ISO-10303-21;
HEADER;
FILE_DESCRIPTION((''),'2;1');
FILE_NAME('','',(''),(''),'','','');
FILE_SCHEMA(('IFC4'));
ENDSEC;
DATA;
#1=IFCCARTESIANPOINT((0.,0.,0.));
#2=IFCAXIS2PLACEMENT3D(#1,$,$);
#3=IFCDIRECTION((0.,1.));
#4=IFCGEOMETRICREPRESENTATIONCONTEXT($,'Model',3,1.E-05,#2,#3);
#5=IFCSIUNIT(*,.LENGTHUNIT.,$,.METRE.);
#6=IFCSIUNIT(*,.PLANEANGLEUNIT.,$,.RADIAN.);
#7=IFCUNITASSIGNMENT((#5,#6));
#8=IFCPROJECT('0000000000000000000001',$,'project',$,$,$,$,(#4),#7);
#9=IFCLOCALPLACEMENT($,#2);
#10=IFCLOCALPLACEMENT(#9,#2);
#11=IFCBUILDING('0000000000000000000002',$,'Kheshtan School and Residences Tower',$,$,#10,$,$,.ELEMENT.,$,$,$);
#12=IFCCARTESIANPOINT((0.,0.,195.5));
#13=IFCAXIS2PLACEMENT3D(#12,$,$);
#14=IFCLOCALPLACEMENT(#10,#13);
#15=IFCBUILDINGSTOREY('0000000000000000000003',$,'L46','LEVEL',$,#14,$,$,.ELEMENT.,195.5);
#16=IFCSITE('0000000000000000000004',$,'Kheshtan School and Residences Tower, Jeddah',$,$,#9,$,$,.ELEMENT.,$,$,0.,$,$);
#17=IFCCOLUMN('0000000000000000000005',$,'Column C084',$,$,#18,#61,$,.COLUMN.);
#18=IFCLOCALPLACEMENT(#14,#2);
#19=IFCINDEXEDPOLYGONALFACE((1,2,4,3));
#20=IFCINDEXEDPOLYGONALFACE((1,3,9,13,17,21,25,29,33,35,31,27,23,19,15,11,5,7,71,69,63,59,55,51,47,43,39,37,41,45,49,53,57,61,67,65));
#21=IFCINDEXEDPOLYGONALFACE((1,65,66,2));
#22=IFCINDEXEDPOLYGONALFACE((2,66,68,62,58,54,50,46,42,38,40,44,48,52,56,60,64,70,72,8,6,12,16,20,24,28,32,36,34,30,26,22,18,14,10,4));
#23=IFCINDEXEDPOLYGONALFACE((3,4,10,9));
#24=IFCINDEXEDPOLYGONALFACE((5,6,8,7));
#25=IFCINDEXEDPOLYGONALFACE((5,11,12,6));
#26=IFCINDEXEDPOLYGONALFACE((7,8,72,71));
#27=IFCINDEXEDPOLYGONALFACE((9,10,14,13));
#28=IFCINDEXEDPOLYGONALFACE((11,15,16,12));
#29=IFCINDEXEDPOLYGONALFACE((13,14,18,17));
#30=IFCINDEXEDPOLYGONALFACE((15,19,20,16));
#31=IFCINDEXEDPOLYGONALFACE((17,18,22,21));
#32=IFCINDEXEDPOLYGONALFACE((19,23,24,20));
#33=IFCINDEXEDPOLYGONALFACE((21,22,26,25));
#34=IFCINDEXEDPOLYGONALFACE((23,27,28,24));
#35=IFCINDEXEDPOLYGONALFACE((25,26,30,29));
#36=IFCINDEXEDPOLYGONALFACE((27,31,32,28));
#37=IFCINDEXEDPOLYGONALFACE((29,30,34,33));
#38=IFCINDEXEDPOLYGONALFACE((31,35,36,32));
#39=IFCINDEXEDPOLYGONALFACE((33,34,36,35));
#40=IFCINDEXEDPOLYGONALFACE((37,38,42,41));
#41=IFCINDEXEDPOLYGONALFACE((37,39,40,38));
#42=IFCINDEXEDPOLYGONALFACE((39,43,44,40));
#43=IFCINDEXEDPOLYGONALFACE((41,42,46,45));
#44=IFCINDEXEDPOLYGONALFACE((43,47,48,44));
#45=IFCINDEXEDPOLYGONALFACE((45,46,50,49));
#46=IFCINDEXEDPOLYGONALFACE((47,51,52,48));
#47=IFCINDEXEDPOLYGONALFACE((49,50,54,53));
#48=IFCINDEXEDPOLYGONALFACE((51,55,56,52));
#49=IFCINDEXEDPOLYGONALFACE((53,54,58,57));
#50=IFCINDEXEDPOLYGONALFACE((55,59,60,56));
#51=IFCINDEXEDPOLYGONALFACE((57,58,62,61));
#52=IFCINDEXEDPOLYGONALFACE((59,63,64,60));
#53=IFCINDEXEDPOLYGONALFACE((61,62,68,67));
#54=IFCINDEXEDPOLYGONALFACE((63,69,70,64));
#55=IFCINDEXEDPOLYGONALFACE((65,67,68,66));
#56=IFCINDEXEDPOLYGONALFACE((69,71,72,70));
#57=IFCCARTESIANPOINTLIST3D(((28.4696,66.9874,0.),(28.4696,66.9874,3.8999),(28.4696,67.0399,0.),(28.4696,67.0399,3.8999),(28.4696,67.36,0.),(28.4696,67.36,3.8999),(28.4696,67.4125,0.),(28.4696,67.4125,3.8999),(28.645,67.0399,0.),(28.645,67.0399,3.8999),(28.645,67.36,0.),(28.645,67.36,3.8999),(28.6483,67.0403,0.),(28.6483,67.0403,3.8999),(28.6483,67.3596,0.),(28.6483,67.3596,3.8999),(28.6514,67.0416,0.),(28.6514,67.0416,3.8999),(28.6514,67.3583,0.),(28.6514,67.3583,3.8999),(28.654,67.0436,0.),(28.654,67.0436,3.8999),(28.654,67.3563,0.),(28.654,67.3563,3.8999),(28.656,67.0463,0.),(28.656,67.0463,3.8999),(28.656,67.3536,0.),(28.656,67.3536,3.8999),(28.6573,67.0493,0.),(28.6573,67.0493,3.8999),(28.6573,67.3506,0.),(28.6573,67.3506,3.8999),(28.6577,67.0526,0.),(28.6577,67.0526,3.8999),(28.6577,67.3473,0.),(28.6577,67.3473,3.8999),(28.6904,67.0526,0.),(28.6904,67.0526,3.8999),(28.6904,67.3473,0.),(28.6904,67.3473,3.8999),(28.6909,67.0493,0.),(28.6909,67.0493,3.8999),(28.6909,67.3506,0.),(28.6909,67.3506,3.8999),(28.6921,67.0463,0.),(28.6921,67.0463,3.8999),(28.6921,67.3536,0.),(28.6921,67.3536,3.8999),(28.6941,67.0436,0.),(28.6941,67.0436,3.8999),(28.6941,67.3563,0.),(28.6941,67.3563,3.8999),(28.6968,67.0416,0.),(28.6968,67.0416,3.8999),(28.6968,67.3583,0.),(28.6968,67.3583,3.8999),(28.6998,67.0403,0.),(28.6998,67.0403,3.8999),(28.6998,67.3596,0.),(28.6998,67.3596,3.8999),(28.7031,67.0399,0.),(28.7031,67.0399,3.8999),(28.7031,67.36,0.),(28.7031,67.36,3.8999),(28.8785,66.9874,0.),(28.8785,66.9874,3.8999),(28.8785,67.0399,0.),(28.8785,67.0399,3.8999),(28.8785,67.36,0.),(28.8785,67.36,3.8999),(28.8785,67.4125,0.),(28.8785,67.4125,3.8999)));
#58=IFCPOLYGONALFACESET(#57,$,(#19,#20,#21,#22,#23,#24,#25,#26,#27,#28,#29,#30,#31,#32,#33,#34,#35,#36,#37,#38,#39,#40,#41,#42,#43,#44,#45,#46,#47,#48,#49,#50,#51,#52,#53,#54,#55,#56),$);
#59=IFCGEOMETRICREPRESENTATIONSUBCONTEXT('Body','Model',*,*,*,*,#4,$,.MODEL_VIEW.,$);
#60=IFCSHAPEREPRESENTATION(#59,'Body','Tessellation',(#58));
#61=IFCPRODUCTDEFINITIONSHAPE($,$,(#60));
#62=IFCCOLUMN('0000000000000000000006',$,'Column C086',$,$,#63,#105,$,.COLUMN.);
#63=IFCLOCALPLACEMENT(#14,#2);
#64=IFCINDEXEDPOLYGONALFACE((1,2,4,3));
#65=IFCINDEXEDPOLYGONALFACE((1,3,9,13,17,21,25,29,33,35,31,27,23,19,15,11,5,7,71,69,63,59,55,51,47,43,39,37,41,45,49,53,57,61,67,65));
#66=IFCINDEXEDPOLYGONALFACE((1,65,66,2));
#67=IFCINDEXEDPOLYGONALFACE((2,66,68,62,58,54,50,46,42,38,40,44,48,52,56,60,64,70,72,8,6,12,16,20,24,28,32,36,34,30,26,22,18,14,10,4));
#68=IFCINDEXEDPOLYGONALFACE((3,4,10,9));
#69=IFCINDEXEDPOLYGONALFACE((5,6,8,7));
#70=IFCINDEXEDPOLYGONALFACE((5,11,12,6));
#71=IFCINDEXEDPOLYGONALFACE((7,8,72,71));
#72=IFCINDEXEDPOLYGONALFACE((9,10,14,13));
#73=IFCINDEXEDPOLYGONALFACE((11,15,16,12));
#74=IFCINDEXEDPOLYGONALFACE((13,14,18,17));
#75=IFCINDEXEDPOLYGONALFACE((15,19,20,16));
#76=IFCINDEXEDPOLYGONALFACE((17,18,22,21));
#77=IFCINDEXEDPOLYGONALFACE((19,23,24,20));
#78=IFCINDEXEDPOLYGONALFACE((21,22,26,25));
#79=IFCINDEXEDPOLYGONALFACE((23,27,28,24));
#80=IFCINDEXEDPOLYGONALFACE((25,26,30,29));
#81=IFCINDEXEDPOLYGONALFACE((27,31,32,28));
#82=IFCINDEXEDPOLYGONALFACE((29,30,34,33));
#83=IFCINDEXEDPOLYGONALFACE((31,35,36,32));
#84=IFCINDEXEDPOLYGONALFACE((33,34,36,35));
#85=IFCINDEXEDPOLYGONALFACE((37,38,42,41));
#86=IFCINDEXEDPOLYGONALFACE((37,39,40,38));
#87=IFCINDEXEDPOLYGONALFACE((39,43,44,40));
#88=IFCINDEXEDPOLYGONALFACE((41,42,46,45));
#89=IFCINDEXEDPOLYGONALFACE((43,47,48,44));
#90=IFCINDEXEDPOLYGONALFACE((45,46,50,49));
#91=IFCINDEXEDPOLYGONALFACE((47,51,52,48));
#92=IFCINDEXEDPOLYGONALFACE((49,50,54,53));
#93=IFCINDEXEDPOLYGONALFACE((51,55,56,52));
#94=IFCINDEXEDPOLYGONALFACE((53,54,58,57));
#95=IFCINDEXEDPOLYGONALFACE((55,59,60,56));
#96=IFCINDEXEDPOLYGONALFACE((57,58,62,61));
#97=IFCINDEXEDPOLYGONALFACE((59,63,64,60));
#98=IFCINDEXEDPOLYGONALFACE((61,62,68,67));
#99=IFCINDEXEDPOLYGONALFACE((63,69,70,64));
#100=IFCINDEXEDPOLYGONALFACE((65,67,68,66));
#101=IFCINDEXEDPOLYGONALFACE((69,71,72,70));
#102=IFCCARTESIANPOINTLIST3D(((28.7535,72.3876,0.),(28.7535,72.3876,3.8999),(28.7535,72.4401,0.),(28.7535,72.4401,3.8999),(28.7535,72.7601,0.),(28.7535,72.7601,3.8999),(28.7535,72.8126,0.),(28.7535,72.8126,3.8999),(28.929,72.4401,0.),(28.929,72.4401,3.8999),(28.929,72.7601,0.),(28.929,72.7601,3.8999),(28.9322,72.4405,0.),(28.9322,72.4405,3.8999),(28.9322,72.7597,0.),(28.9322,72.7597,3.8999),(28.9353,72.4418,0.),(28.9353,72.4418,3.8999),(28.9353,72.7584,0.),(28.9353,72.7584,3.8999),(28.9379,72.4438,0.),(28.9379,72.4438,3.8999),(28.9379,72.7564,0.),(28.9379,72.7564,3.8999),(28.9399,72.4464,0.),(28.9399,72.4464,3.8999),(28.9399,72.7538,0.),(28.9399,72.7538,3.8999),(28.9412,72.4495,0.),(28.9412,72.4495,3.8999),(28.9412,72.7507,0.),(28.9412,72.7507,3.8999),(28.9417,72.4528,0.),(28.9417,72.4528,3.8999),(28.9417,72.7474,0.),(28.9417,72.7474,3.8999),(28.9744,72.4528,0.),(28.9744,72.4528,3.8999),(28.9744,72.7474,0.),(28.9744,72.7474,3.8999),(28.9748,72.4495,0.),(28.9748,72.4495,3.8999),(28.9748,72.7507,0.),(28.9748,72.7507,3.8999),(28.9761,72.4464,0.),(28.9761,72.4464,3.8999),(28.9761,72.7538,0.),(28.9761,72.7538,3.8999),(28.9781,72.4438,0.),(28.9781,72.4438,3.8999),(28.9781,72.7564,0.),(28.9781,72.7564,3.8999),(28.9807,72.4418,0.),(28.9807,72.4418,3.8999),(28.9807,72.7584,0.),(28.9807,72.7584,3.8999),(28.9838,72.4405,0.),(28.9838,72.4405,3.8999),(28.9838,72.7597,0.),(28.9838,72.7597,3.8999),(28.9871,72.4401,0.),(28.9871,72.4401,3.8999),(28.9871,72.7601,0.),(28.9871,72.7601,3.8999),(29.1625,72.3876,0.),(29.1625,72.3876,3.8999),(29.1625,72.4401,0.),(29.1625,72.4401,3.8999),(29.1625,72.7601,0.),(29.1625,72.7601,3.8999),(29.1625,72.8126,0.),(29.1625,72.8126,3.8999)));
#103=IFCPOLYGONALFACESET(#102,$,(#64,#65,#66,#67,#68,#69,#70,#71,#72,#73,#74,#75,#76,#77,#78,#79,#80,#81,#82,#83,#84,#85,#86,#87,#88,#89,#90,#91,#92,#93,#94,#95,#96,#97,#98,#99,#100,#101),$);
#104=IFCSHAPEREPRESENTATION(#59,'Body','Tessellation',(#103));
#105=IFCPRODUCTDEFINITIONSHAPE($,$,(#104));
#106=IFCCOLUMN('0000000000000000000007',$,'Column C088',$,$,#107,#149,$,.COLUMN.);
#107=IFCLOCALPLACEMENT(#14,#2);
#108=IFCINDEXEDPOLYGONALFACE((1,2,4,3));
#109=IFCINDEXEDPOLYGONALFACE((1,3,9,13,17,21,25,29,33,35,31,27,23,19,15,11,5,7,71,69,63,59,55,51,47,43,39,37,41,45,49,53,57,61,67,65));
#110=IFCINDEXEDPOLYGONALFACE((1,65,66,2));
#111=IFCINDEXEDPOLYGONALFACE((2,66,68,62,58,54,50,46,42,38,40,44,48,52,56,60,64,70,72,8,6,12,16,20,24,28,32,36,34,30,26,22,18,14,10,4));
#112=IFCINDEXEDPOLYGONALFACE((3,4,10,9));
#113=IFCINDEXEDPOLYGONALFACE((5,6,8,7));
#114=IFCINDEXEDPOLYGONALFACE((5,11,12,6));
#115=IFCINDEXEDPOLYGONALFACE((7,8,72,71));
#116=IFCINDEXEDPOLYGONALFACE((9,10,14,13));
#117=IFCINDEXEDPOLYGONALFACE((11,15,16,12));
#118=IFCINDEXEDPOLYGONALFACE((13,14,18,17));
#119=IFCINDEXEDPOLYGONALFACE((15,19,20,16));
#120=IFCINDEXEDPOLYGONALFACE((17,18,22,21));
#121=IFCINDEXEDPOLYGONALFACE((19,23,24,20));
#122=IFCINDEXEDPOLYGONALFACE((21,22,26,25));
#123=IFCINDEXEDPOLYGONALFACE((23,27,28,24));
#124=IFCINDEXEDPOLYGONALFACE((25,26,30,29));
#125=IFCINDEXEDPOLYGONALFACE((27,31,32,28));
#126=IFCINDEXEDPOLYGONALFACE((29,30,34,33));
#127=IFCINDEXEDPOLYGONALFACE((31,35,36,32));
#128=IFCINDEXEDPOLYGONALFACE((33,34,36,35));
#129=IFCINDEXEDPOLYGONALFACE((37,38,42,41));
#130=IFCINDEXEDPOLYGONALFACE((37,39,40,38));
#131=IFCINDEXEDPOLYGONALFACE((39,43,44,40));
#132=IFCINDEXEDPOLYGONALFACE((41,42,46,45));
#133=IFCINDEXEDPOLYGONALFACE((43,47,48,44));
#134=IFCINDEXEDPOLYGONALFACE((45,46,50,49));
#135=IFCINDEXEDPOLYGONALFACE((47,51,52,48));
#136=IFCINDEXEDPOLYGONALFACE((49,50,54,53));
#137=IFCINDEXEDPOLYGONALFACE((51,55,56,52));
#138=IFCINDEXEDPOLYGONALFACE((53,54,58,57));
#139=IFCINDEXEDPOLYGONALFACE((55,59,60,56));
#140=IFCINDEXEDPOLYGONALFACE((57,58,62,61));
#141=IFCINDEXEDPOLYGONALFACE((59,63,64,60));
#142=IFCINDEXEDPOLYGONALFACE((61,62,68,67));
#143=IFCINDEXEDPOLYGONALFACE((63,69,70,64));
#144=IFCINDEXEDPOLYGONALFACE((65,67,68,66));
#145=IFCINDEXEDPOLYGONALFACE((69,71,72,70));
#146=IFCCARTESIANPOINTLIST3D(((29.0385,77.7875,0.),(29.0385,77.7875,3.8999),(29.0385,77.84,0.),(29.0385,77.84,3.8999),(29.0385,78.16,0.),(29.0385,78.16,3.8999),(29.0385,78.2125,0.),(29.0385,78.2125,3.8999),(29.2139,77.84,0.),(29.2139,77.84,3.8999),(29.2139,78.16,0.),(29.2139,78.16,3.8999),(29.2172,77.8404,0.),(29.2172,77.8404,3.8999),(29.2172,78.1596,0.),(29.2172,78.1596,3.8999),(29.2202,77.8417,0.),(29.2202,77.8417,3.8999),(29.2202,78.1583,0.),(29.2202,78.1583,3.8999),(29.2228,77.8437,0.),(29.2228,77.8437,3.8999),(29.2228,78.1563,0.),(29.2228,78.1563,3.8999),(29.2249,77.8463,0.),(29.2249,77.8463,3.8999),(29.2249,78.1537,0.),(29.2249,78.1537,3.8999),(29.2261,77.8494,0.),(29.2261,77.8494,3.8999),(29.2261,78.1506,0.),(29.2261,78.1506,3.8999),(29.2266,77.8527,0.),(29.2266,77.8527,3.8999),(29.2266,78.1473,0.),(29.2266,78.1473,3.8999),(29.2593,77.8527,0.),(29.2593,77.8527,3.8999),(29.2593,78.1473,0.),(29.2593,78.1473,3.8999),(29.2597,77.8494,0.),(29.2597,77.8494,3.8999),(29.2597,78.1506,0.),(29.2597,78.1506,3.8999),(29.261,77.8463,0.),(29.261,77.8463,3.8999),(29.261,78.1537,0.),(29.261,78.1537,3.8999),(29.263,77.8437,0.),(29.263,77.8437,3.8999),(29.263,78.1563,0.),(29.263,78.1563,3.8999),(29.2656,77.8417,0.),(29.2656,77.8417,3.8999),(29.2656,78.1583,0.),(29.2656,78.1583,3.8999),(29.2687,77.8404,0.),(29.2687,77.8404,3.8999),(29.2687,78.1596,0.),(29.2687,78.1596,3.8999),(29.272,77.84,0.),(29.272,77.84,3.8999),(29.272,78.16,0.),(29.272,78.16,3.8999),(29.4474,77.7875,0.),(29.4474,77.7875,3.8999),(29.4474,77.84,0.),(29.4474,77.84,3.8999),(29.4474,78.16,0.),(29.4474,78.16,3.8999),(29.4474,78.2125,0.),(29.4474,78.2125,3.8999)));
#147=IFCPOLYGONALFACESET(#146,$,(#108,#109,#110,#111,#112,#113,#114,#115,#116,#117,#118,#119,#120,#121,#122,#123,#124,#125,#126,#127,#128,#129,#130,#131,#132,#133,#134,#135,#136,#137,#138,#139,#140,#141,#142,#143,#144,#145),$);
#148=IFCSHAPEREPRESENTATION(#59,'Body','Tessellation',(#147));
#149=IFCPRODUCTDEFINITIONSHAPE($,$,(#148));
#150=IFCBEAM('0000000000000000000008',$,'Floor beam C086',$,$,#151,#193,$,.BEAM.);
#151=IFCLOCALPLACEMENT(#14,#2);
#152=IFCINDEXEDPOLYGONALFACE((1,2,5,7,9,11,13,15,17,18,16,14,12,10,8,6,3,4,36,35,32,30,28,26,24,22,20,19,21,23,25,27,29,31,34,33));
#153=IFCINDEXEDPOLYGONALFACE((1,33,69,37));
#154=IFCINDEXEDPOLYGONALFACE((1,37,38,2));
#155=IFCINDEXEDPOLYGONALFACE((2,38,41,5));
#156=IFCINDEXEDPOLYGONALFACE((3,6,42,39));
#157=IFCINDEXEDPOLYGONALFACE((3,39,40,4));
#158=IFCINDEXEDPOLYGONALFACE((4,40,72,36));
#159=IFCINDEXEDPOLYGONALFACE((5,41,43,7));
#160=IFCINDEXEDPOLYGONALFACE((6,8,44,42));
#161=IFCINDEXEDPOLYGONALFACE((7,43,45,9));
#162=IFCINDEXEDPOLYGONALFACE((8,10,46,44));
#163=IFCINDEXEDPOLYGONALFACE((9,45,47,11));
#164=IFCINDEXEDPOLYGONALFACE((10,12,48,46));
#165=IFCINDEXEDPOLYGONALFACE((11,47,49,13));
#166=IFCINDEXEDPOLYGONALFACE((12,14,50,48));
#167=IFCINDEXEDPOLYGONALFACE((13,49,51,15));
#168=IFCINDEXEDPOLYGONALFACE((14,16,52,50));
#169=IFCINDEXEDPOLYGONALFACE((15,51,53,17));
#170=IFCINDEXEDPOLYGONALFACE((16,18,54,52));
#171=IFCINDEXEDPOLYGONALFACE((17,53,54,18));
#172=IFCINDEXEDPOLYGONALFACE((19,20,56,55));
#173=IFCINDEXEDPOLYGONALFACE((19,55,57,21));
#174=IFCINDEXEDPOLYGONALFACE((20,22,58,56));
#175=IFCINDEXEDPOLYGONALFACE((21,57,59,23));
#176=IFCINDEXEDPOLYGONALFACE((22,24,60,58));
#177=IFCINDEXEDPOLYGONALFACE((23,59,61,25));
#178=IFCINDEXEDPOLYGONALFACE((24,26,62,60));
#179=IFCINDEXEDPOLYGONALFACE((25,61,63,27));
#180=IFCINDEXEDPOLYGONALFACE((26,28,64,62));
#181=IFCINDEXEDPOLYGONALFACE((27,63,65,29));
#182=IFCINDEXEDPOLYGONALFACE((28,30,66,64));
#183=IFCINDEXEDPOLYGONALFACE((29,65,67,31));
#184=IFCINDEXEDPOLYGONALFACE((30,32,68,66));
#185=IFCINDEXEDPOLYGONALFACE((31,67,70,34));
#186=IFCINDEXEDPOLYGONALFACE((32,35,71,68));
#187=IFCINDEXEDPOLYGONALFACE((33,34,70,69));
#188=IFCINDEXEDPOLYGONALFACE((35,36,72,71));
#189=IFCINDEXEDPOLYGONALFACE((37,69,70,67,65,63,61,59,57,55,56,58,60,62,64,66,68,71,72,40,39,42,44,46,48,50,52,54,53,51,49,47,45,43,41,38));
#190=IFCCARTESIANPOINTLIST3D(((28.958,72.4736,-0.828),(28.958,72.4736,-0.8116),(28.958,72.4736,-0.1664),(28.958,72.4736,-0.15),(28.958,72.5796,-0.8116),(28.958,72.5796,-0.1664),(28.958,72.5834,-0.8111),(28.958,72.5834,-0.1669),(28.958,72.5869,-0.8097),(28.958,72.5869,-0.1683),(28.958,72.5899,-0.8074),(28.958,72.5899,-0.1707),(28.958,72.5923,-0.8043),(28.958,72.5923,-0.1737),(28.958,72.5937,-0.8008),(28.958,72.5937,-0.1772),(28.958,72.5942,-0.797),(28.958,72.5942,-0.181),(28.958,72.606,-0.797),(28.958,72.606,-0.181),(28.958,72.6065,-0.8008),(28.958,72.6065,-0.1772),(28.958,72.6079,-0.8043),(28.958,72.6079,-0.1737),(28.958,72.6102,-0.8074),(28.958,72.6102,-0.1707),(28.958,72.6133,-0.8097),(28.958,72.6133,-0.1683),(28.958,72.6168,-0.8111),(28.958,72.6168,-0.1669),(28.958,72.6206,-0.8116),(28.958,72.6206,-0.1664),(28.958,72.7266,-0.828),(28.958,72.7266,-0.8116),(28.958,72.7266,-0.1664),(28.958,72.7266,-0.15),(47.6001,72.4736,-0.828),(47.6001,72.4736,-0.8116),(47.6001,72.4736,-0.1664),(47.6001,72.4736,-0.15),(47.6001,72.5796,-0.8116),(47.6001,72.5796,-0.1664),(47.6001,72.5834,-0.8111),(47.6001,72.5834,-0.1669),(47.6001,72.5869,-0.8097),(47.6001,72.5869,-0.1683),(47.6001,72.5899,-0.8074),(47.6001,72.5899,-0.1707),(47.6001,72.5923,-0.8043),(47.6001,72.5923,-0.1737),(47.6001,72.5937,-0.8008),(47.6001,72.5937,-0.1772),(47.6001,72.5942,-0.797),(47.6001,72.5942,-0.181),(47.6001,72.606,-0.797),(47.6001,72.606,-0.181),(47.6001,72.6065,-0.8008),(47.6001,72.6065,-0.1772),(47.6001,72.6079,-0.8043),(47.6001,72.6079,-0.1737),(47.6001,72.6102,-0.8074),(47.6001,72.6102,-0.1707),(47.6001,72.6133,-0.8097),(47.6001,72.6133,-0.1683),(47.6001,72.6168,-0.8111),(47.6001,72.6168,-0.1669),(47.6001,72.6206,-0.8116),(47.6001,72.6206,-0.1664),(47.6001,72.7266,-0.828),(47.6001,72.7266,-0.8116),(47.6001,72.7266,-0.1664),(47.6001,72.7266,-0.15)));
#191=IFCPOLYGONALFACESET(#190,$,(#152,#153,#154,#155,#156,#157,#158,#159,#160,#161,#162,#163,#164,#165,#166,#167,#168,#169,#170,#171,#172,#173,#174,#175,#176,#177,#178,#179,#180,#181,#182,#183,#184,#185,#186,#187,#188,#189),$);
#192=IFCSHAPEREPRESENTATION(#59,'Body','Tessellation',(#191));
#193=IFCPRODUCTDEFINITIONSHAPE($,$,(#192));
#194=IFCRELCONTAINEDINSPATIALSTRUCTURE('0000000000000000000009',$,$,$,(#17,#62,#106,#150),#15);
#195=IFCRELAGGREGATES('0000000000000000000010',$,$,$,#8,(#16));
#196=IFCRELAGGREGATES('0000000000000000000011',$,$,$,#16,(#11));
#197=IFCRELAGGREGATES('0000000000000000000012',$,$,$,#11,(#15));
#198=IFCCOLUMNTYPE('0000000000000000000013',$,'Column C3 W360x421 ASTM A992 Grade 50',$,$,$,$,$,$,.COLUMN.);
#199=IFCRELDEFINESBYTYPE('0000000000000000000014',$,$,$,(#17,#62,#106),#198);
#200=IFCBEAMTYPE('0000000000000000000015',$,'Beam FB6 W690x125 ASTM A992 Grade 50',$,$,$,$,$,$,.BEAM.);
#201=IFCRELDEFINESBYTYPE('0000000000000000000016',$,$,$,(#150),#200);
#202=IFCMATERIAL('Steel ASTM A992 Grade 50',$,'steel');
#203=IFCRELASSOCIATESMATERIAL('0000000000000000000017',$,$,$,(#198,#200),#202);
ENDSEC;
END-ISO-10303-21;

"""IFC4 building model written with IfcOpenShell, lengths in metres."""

from ifc_helpers import new_model, si_unit, direction, frame, origin, origin_2d, place, context, subcontext, project, spatial, i_section, extrude, material, material_profile, profile_set, type_object, element, save


model = new_model("IFC4")

# Units and contexts
model_context = context("Model", 3, precision=1e-05, world=origin(), true_north=direction((0.0, 1.0)))
body_context = subcontext(model_context, "Body", "Model", "MODEL_VIEW")
ifc_project = project(units=[si_unit("LENGTHUNIT", "METRE"), si_unit("PLANEANGLEUNIT", "RADIAN")], contexts=[model_context])

# Site, building, storey
site_placement = place(None, origin())
site = spatial("IfcSite", under=ifc_project, at=site_placement, Name="Kheshtan School and Residences Tower, Jeddah", CompositionType="ELEMENT", RefElevation=0.0)
building_placement = place(site_placement, origin())
building = spatial("IfcBuilding", under=site, at=building_placement, Name="Kheshtan School and Residences Tower", CompositionType="ELEMENT")
storey_placement = place(building_placement, frame((0.0, 0.0, 195.5)))
storey = spatial("IfcBuildingStorey", under=building, at=storey_placement, Name="L46", Description="LEVEL", CompositionType="ELEMENT", Elevation=195.5)

# Columns
ifc_material_1 = material(Name="Steel ASTM A992 Grade 50", Category="steel")
ifc_material_profile_1 = material_profile(ifc_material_1, i_section(OverallWidth=0.4089, OverallDepth=0.425, WebThickness=0.0327, FlangeThickness=0.0525, FilletRadius=0.0127, at=origin_2d()), Name="W360x421")
ifc_profile_set_1 = profile_set([ifc_material_profile_1], Name="Steel ASTM A992 Grade 50")
column_type = type_object("IfcColumnType", Name="Column C3 W360x421 ASTM A992 Grade 50", PredefinedType="COLUMN", material=ifc_profile_set_1)
for number, where, z_axis, x_axis, name in (
    (1, (28.6741, 67.2, 0.0), (0.0, 0.0, 1.0), (1.0, 0.0, 0.0), "Column C084"),
    (2, (28.958, 72.6001, 0.0), (0.0, 0.0, 1.0), (1.0, 0.0, 0.0), "Column C086"),
    (3, (29.2429, 78.0, 0.0), (0.0, 0.0, 1.0), (1.0, 0.0, 0.0), "Column C088"),
):
    element("IfcColumn", number, at=place(storey_placement, frame(where, z_axis=z_axis, x_axis=x_axis)), inside=storey, type_object=column_type, Name=name, PredefinedType="COLUMN", context=body_context, shape_type="SweptSolid", body=[
        extrude(i_section(OverallWidth=0.4089, OverallDepth=0.425, WebThickness=0.0327, FlangeThickness=0.0525, FilletRadius=0.0127, at=origin_2d()), origin(), (0.0, 0.0, 1.0), 3.8999),
    ])

# Beam
ifc_material_profile_2 = material_profile(ifc_material_1, i_section(OverallWidth=0.2529, OverallDepth=0.678, WebThickness=0.0117, FlangeThickness=0.0164, FilletRadius=0.0146, at=origin_2d()), Name="W690x125")
ifc_profile_set_2 = profile_set([ifc_material_profile_2], Name="Steel ASTM A992 Grade 50")
beam_type_1 = type_object("IfcBeamType", Name="Beam FB6 W690x125 ASTM A992 Grade 50", PredefinedType="BEAM", material=ifc_profile_set_2)
beam_1_placement = place(storey_placement, frame((28.958, 72.6001, -0.489), z_axis=(1.0, 0.0, 0.0), x_axis=(0.0, 1.0, 0.0)))
element("IfcBeam", 4, at=beam_1_placement, inside=storey, type_object=beam_type_1, Name="Floor beam C086", PredefinedType="BEAM", context=body_context, shape_type="SweptSolid", body=[
    extrude(i_section(OverallWidth=0.2529, OverallDepth=0.678, WebThickness=0.0117, FlangeThickness=0.0164, FilletRadius=0.0146, at=origin_2d()), origin(), (0.0, 0.0, 1.0), 18.6421),
])

save(model, "model.ifc")
